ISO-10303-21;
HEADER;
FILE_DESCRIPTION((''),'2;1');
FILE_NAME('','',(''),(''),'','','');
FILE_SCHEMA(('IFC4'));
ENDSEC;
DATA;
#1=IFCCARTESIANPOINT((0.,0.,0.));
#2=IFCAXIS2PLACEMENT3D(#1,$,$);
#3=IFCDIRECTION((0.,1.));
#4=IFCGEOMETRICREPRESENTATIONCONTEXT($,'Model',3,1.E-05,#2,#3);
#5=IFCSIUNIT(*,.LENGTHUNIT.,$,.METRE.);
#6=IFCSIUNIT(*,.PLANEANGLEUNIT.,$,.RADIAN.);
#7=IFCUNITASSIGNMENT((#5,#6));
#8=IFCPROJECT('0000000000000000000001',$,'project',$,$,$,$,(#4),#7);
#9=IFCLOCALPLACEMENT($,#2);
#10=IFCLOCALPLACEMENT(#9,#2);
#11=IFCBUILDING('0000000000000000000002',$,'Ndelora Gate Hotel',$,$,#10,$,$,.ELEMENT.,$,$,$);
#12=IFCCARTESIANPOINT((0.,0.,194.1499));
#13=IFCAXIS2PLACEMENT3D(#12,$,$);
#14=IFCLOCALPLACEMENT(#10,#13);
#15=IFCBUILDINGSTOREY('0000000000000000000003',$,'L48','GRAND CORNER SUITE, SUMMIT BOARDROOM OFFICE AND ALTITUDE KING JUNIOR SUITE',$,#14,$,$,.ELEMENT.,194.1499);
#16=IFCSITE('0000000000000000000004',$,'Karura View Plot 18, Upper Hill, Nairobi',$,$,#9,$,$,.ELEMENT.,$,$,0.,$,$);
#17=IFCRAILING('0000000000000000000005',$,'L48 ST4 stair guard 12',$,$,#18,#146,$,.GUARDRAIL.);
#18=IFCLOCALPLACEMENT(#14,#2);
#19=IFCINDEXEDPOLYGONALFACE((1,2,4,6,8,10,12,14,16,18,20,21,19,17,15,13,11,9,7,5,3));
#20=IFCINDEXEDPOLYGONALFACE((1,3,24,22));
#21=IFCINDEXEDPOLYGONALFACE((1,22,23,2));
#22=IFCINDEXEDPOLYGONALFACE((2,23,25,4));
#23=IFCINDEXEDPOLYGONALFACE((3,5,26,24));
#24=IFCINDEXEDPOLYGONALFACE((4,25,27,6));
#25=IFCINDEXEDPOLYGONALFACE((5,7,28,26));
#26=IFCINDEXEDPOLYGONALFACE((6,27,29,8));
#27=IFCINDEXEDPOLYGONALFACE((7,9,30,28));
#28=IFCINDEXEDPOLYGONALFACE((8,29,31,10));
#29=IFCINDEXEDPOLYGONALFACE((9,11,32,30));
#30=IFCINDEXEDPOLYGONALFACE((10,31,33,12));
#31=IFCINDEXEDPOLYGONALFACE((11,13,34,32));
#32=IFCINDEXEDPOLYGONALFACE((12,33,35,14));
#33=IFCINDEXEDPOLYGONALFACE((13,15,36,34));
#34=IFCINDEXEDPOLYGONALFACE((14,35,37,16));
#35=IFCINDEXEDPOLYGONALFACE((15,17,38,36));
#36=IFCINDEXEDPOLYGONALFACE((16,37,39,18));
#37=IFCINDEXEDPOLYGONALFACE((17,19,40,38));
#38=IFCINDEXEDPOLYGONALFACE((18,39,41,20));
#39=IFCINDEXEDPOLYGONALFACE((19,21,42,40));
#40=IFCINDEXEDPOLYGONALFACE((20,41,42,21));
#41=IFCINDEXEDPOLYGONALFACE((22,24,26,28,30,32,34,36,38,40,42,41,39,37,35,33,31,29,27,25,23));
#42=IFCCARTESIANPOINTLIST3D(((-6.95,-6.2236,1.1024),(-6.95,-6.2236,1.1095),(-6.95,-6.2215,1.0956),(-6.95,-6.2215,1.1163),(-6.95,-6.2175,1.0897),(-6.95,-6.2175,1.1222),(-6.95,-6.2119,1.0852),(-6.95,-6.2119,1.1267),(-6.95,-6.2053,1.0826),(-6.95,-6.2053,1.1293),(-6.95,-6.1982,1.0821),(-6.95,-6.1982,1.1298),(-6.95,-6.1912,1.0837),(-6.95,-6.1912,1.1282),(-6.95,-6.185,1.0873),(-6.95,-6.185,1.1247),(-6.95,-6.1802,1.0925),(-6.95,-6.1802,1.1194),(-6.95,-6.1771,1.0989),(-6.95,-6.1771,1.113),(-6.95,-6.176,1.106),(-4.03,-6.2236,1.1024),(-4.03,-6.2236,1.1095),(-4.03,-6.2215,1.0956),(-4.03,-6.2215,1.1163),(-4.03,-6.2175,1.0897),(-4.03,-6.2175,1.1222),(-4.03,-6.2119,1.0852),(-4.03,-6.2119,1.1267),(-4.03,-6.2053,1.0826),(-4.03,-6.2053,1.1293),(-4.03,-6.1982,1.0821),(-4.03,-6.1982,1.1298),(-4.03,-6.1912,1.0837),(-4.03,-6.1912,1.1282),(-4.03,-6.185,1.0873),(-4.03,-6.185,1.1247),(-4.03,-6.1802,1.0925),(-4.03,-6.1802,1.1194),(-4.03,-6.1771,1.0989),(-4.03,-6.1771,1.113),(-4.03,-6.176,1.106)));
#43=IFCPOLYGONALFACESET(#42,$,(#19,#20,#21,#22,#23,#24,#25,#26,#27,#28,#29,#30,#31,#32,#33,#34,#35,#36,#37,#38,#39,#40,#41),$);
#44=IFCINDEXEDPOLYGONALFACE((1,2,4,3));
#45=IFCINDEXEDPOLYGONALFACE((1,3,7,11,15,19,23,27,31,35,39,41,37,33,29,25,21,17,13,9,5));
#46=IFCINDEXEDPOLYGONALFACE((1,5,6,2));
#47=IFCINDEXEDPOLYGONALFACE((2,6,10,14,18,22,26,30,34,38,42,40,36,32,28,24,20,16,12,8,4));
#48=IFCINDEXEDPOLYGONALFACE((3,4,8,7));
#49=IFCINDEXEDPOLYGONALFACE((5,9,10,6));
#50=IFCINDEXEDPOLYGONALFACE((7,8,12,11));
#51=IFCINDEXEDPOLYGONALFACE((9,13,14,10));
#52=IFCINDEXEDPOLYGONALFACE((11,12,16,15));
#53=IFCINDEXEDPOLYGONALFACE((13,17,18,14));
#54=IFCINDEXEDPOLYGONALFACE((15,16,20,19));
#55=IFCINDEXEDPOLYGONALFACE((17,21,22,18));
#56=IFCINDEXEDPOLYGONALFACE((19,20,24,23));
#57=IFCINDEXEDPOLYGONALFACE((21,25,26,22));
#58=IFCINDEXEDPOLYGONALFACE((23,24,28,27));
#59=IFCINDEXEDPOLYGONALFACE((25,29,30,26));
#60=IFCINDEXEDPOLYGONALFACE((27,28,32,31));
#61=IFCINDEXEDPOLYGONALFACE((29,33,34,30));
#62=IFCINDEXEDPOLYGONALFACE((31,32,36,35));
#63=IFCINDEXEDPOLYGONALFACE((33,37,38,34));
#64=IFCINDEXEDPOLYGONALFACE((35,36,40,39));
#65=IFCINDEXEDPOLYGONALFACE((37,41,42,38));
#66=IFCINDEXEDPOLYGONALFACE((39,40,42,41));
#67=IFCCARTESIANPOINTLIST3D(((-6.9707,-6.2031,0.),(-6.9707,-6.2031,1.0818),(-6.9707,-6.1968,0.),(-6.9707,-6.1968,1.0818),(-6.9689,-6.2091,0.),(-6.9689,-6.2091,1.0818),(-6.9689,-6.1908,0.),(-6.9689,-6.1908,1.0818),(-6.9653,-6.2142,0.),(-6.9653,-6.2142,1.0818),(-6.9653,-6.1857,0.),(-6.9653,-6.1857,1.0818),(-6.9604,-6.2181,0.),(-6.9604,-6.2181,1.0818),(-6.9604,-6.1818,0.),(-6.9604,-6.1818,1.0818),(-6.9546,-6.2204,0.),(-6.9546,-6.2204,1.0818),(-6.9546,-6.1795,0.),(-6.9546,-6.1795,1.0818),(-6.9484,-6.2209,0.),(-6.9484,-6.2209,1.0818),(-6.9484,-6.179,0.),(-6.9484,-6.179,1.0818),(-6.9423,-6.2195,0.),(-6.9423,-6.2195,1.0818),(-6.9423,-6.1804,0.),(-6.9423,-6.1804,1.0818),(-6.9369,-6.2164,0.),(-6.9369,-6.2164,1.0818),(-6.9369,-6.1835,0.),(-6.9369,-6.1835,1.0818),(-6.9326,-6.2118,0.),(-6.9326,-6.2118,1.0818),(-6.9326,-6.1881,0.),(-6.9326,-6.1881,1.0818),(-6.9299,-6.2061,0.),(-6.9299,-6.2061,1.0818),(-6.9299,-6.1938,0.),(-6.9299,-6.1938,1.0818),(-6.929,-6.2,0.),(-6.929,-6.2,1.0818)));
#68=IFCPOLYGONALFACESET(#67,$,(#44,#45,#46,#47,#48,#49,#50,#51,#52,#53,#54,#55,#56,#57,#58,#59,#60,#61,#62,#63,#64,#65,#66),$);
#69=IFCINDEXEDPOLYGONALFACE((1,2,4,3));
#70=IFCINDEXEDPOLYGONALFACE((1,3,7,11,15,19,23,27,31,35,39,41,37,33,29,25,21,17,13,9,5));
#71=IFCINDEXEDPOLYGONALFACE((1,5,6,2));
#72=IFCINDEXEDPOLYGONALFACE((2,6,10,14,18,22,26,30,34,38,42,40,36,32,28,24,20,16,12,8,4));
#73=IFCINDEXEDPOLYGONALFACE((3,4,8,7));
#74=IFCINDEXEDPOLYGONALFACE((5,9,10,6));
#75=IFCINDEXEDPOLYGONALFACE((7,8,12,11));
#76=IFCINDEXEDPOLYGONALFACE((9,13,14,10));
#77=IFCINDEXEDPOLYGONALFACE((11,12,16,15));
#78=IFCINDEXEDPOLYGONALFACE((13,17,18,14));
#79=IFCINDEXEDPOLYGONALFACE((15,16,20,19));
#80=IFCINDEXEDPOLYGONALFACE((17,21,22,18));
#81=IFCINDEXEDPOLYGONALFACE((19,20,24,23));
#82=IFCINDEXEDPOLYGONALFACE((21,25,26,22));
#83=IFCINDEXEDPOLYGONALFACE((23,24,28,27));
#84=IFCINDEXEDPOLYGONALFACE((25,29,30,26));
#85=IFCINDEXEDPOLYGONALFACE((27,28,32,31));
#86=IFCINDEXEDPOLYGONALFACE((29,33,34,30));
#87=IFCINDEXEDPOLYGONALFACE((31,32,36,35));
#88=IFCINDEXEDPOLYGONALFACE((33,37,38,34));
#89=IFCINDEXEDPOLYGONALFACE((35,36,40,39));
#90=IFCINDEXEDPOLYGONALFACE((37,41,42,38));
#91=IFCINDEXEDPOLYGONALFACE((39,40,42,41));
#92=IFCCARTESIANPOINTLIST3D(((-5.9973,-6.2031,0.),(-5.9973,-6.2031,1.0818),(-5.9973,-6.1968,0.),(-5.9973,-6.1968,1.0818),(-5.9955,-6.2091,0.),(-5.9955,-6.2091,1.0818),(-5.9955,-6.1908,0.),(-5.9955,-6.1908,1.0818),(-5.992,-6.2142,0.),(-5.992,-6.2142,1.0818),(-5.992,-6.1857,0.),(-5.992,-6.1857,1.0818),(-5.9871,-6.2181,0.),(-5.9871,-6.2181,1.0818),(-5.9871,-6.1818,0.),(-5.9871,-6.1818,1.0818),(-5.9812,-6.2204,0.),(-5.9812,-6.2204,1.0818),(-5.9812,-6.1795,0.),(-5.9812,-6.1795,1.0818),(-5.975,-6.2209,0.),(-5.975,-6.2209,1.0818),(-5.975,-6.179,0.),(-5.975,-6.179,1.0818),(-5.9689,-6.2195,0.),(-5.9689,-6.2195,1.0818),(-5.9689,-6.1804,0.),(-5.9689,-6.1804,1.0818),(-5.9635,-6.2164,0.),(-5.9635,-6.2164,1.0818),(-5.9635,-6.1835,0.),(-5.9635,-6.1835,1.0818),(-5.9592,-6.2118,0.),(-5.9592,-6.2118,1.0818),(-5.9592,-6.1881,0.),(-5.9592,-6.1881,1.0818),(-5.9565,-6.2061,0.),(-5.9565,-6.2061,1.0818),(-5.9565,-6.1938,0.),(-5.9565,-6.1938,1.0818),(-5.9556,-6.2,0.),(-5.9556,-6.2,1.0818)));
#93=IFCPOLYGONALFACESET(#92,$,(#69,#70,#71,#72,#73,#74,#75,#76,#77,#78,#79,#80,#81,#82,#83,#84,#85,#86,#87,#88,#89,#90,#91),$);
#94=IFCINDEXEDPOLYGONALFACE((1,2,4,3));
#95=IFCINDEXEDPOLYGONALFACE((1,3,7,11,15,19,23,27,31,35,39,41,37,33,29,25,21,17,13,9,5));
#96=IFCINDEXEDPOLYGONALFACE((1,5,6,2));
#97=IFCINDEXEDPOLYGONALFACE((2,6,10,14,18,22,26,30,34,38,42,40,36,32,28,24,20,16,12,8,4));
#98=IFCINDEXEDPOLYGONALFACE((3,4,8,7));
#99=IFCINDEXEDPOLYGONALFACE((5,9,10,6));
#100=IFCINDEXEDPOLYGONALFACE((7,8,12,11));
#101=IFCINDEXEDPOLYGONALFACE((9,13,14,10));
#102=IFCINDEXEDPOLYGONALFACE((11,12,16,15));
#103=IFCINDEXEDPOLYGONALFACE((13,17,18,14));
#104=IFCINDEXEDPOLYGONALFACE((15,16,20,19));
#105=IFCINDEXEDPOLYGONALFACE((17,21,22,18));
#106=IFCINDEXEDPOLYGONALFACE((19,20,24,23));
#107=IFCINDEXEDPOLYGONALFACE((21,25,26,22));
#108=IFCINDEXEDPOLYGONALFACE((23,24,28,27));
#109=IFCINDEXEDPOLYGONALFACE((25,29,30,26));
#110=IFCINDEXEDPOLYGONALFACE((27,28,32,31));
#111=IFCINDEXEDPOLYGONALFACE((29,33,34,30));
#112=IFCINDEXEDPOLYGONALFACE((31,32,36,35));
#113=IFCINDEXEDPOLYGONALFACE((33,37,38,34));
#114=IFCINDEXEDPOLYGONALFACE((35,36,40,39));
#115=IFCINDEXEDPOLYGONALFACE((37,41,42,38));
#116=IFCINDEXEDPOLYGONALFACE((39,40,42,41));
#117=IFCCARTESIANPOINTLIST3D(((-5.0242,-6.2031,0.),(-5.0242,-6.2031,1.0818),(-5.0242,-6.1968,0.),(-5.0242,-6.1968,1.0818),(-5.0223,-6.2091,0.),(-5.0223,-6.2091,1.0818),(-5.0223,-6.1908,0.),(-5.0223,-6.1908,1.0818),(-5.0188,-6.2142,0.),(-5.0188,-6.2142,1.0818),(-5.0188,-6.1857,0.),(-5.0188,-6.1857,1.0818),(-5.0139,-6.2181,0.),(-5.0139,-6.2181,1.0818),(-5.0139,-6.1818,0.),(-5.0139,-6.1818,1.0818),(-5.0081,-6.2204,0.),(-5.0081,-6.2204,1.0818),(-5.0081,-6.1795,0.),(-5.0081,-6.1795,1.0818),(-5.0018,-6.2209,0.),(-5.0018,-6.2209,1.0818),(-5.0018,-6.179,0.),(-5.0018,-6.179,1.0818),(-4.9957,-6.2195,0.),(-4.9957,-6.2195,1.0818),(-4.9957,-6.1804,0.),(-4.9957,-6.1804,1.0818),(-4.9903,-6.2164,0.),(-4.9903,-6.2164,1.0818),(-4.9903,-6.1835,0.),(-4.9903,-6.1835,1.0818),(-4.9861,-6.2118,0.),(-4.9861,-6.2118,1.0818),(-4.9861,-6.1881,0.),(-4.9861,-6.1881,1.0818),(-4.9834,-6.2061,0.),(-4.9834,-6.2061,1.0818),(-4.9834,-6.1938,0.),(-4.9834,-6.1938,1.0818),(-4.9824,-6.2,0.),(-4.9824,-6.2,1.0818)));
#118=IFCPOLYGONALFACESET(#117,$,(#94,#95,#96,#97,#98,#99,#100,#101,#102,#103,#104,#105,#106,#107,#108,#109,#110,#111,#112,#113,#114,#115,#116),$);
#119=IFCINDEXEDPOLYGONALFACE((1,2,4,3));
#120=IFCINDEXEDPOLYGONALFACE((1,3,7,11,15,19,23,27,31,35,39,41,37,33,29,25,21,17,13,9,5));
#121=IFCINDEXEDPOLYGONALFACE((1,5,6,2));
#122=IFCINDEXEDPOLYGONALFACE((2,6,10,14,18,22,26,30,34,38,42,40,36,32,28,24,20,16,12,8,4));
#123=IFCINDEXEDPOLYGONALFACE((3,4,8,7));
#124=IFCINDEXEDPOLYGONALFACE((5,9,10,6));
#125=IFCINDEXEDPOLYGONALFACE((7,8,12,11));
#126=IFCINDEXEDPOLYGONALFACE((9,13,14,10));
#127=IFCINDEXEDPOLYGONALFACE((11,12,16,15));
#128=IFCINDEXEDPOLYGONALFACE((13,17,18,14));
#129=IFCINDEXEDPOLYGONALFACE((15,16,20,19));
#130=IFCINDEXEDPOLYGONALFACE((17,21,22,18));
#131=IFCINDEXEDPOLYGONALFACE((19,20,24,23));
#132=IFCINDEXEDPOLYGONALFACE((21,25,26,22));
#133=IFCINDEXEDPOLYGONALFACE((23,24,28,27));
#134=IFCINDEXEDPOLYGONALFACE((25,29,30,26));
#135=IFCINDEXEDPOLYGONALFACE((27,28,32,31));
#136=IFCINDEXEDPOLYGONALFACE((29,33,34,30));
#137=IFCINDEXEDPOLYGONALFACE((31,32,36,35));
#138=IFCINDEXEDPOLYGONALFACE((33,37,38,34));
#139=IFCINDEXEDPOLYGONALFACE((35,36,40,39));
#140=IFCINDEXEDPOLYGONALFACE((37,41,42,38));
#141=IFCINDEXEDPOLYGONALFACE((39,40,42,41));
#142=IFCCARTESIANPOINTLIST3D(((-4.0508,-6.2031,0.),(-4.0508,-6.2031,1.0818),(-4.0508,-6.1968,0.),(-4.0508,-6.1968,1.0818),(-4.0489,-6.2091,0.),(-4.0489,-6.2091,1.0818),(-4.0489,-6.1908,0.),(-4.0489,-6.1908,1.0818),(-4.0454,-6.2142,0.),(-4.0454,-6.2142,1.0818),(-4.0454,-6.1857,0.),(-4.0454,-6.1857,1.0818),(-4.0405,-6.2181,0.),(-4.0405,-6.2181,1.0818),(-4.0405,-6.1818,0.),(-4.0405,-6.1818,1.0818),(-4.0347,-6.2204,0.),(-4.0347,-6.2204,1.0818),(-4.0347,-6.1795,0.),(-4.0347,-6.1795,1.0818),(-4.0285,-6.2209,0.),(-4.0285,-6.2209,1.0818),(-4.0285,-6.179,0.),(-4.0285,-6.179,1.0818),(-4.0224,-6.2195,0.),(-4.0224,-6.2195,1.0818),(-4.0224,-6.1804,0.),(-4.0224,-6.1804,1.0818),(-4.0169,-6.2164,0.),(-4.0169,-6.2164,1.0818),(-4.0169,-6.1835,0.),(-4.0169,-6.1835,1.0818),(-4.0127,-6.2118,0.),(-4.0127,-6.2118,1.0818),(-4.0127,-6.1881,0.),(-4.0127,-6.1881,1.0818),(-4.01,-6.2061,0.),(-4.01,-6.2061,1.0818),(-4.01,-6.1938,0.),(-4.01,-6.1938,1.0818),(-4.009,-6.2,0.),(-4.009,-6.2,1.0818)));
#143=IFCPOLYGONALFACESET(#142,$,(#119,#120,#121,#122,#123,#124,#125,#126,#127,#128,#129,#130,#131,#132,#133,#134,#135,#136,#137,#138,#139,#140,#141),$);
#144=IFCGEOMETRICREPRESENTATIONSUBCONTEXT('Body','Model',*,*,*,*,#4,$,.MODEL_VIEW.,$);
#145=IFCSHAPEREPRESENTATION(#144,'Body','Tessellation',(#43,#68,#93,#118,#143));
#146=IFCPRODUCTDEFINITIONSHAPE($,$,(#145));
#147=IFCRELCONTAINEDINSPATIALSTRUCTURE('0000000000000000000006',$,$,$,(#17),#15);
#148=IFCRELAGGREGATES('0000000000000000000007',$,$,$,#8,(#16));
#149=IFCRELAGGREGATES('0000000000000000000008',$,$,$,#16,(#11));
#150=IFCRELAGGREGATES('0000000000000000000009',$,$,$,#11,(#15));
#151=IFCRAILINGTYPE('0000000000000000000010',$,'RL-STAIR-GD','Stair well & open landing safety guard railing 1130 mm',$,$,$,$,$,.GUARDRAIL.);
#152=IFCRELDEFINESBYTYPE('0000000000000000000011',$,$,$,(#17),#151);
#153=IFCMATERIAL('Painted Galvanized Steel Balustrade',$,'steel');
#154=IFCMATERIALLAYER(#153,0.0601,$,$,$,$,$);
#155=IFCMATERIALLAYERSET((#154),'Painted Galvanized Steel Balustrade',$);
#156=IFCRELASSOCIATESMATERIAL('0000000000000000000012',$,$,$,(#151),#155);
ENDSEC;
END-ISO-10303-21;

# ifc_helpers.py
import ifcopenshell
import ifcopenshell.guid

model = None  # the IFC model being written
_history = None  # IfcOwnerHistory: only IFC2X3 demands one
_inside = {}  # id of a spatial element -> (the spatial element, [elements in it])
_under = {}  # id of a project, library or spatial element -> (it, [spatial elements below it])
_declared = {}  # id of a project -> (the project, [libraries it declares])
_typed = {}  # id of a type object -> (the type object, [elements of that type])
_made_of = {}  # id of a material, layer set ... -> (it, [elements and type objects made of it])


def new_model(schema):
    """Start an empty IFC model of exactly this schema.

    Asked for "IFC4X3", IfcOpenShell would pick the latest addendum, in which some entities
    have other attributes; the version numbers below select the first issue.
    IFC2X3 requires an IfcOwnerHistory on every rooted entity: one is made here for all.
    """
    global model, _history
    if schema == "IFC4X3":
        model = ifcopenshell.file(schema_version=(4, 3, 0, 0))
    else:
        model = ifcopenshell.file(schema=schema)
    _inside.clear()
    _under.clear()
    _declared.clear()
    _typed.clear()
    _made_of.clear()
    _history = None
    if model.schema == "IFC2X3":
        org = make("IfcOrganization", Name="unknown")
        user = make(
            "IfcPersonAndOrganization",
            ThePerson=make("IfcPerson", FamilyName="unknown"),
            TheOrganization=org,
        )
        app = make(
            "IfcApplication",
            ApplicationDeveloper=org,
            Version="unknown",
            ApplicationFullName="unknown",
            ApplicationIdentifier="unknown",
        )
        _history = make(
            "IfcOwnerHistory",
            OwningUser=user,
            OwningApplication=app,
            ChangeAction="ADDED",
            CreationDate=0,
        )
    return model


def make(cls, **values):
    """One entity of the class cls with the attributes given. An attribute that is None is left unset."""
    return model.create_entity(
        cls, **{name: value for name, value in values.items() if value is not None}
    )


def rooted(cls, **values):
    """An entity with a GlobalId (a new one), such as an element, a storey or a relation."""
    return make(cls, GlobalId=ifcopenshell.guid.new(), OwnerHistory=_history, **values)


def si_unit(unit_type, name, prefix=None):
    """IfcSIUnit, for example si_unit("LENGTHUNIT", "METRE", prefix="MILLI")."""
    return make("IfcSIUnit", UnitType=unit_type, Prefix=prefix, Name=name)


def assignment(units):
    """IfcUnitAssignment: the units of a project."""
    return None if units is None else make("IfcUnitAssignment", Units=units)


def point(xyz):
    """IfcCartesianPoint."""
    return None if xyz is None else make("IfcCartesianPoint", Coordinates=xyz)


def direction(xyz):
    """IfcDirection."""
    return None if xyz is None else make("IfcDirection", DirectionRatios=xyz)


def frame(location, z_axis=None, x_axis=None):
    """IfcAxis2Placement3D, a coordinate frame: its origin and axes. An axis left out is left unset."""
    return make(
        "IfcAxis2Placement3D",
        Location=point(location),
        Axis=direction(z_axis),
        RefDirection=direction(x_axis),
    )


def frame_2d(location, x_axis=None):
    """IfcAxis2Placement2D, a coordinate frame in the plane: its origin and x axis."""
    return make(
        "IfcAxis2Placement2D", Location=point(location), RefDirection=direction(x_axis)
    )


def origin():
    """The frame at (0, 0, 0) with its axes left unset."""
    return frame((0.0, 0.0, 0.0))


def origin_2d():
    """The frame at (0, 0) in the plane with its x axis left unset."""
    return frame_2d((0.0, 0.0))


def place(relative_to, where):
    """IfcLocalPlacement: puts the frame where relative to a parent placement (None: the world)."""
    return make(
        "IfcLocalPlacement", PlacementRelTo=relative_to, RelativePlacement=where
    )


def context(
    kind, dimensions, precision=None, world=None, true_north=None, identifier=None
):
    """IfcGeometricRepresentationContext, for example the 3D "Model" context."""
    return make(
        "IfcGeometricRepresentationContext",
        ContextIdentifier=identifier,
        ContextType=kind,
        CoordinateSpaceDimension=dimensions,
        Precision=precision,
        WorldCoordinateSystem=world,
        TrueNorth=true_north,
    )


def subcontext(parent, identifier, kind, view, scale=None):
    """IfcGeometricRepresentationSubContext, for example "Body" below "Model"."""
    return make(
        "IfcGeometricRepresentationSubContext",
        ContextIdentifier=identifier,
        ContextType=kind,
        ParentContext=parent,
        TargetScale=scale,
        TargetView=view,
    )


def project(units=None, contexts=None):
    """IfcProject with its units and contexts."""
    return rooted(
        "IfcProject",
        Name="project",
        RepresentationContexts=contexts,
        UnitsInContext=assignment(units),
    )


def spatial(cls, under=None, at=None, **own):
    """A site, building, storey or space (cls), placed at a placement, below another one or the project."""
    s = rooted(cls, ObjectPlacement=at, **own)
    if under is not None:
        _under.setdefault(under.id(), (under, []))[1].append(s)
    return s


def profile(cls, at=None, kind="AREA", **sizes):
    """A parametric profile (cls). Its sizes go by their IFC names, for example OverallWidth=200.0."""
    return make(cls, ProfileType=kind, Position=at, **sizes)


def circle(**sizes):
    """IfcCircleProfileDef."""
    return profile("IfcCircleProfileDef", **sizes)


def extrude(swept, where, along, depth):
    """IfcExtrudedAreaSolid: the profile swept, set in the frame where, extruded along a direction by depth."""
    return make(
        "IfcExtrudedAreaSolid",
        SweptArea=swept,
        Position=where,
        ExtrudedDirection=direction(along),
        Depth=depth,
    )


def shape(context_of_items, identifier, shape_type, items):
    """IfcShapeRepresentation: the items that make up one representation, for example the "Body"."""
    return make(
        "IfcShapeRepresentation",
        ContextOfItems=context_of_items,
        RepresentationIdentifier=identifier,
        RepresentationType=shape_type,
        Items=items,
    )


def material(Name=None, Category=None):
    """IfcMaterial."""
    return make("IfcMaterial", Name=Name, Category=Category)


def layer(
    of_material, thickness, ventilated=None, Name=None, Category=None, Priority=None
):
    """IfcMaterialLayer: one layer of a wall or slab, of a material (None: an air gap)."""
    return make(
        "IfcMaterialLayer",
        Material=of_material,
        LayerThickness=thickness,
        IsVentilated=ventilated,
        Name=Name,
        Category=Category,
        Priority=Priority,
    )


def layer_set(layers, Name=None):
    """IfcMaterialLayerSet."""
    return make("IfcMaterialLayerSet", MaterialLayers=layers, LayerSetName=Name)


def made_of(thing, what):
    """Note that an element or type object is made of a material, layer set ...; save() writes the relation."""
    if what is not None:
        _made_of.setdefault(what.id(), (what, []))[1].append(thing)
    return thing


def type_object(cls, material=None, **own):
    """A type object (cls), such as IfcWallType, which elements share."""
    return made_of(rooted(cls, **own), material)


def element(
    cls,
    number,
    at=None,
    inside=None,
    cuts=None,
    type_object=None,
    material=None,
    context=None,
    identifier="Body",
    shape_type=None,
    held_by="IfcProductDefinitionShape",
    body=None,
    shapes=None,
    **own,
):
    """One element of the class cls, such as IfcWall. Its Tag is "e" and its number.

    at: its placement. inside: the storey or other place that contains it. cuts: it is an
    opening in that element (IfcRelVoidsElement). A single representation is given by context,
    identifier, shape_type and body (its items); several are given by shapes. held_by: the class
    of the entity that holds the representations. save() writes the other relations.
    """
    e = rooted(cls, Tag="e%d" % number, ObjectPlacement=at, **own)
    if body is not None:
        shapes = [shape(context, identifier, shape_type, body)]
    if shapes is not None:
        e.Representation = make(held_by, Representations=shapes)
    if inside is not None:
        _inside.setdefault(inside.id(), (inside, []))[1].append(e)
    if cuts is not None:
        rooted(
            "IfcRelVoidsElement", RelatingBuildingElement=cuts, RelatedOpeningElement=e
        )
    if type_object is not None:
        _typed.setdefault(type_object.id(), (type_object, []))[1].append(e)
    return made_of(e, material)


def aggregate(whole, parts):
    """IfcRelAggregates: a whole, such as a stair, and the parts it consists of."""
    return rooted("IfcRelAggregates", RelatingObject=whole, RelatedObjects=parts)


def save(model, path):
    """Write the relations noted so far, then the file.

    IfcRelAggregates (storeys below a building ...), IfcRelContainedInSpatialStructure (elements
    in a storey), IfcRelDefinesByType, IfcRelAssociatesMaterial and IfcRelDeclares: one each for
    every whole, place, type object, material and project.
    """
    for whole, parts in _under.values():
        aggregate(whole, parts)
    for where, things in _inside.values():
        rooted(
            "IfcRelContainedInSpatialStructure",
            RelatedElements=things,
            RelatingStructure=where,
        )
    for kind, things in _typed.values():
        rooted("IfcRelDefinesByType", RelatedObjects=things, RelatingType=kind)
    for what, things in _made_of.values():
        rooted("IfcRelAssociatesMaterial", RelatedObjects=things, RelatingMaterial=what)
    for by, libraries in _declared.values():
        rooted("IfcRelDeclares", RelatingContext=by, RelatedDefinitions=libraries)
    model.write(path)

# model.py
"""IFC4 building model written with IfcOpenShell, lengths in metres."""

from ifc_helpers import new_model, si_unit, direction, frame, origin, origin_2d, place, context, subcontext, project, spatial, circle, extrude, material, layer, layer_set, type_object, element, save


model = new_model("IFC4")

# Units and contexts
model_context = context("Model", 3, precision=1e-05, world=origin(), true_north=direction((0.0, 1.0)))
body_context = subcontext(model_context, "Body", "Model", "MODEL_VIEW")
ifc_project = project(units=[si_unit("LENGTHUNIT", "METRE"), si_unit("PLANEANGLEUNIT", "RADIAN")], contexts=[model_context])

# Site, building, storey
site_placement = place(None, origin())
site = spatial("IfcSite", under=ifc_project, at=site_placement, Name="Karura View Plot 18, Upper Hill, Nairobi", CompositionType="ELEMENT", RefElevation=0.0)
building_placement = place(site_placement, origin())
building = spatial("IfcBuilding", under=site, at=building_placement, Name="Ndelora Gate Hotel", CompositionType="ELEMENT")
storey_placement = place(building_placement, frame((0.0, 0.0, 194.1499)))
storey = spatial("IfcBuildingStorey", under=building, at=storey_placement, Name="L48", Description="GRAND CORNER SUITE, SUMMIT BOARDROOM OFFICE AND ALTITUDE KING JUNIOR SUITE", CompositionType="ELEMENT", Elevation=194.1499)

# Railing
ifc_material_1 = material(Name="Painted Galvanized Steel Balustrade", Category="steel")
ifc_layer_1 = layer(ifc_material_1, 0.0601)
ifc_layer_set_1 = layer_set([ifc_layer_1], Name="Painted Galvanized Steel Balustrade")
railing_type_1 = type_object("IfcRailingType", Name="RL-STAIR-GD", Description="Stair well & open landing safety guard railing 1130 mm", PredefinedType="GUARDRAIL", material=ifc_layer_set_1)
railing_1_placement = place(storey_placement, frame((-6.95, -6.2, 0.0)))
element("IfcRailing", 1, at=railing_1_placement, inside=storey, type_object=railing_type_1, Name="L48 ST4 stair guard 12", PredefinedType="GUARDRAIL", context=body_context, shape_type="SweptSolid", body=[
    extrude(circle(Radius=0.0239, at=origin_2d()), frame((0.0, 0.0, 1.106), z_axis=(1.0, 0.0, 0.0), x_axis=(0.0, 1.0, 0.0)), (0.0, 0.0, 1.0), 2.9199),
    extrude(circle(Radius=0.021, at=origin_2d()), origin(), (0.0, 0.0, 1.0), 1.0818),
    extrude(circle(Radius=0.021, at=origin_2d()), frame((0.9734, 0.0, 0.0)), (0.0, 0.0, 1.0), 1.0818),
    extrude(circle(Radius=0.021, at=origin_2d()), frame((1.9465, 0.0, 0.0)), (0.0, 0.0, 1.0), 1.0818),
    extrude(circle(Radius=0.021, at=origin_2d()), frame((2.9199, 0.0, 0.0)), (0.0, 0.0, 1.0), 1.0818),
])

save(model, "model.ifc")
